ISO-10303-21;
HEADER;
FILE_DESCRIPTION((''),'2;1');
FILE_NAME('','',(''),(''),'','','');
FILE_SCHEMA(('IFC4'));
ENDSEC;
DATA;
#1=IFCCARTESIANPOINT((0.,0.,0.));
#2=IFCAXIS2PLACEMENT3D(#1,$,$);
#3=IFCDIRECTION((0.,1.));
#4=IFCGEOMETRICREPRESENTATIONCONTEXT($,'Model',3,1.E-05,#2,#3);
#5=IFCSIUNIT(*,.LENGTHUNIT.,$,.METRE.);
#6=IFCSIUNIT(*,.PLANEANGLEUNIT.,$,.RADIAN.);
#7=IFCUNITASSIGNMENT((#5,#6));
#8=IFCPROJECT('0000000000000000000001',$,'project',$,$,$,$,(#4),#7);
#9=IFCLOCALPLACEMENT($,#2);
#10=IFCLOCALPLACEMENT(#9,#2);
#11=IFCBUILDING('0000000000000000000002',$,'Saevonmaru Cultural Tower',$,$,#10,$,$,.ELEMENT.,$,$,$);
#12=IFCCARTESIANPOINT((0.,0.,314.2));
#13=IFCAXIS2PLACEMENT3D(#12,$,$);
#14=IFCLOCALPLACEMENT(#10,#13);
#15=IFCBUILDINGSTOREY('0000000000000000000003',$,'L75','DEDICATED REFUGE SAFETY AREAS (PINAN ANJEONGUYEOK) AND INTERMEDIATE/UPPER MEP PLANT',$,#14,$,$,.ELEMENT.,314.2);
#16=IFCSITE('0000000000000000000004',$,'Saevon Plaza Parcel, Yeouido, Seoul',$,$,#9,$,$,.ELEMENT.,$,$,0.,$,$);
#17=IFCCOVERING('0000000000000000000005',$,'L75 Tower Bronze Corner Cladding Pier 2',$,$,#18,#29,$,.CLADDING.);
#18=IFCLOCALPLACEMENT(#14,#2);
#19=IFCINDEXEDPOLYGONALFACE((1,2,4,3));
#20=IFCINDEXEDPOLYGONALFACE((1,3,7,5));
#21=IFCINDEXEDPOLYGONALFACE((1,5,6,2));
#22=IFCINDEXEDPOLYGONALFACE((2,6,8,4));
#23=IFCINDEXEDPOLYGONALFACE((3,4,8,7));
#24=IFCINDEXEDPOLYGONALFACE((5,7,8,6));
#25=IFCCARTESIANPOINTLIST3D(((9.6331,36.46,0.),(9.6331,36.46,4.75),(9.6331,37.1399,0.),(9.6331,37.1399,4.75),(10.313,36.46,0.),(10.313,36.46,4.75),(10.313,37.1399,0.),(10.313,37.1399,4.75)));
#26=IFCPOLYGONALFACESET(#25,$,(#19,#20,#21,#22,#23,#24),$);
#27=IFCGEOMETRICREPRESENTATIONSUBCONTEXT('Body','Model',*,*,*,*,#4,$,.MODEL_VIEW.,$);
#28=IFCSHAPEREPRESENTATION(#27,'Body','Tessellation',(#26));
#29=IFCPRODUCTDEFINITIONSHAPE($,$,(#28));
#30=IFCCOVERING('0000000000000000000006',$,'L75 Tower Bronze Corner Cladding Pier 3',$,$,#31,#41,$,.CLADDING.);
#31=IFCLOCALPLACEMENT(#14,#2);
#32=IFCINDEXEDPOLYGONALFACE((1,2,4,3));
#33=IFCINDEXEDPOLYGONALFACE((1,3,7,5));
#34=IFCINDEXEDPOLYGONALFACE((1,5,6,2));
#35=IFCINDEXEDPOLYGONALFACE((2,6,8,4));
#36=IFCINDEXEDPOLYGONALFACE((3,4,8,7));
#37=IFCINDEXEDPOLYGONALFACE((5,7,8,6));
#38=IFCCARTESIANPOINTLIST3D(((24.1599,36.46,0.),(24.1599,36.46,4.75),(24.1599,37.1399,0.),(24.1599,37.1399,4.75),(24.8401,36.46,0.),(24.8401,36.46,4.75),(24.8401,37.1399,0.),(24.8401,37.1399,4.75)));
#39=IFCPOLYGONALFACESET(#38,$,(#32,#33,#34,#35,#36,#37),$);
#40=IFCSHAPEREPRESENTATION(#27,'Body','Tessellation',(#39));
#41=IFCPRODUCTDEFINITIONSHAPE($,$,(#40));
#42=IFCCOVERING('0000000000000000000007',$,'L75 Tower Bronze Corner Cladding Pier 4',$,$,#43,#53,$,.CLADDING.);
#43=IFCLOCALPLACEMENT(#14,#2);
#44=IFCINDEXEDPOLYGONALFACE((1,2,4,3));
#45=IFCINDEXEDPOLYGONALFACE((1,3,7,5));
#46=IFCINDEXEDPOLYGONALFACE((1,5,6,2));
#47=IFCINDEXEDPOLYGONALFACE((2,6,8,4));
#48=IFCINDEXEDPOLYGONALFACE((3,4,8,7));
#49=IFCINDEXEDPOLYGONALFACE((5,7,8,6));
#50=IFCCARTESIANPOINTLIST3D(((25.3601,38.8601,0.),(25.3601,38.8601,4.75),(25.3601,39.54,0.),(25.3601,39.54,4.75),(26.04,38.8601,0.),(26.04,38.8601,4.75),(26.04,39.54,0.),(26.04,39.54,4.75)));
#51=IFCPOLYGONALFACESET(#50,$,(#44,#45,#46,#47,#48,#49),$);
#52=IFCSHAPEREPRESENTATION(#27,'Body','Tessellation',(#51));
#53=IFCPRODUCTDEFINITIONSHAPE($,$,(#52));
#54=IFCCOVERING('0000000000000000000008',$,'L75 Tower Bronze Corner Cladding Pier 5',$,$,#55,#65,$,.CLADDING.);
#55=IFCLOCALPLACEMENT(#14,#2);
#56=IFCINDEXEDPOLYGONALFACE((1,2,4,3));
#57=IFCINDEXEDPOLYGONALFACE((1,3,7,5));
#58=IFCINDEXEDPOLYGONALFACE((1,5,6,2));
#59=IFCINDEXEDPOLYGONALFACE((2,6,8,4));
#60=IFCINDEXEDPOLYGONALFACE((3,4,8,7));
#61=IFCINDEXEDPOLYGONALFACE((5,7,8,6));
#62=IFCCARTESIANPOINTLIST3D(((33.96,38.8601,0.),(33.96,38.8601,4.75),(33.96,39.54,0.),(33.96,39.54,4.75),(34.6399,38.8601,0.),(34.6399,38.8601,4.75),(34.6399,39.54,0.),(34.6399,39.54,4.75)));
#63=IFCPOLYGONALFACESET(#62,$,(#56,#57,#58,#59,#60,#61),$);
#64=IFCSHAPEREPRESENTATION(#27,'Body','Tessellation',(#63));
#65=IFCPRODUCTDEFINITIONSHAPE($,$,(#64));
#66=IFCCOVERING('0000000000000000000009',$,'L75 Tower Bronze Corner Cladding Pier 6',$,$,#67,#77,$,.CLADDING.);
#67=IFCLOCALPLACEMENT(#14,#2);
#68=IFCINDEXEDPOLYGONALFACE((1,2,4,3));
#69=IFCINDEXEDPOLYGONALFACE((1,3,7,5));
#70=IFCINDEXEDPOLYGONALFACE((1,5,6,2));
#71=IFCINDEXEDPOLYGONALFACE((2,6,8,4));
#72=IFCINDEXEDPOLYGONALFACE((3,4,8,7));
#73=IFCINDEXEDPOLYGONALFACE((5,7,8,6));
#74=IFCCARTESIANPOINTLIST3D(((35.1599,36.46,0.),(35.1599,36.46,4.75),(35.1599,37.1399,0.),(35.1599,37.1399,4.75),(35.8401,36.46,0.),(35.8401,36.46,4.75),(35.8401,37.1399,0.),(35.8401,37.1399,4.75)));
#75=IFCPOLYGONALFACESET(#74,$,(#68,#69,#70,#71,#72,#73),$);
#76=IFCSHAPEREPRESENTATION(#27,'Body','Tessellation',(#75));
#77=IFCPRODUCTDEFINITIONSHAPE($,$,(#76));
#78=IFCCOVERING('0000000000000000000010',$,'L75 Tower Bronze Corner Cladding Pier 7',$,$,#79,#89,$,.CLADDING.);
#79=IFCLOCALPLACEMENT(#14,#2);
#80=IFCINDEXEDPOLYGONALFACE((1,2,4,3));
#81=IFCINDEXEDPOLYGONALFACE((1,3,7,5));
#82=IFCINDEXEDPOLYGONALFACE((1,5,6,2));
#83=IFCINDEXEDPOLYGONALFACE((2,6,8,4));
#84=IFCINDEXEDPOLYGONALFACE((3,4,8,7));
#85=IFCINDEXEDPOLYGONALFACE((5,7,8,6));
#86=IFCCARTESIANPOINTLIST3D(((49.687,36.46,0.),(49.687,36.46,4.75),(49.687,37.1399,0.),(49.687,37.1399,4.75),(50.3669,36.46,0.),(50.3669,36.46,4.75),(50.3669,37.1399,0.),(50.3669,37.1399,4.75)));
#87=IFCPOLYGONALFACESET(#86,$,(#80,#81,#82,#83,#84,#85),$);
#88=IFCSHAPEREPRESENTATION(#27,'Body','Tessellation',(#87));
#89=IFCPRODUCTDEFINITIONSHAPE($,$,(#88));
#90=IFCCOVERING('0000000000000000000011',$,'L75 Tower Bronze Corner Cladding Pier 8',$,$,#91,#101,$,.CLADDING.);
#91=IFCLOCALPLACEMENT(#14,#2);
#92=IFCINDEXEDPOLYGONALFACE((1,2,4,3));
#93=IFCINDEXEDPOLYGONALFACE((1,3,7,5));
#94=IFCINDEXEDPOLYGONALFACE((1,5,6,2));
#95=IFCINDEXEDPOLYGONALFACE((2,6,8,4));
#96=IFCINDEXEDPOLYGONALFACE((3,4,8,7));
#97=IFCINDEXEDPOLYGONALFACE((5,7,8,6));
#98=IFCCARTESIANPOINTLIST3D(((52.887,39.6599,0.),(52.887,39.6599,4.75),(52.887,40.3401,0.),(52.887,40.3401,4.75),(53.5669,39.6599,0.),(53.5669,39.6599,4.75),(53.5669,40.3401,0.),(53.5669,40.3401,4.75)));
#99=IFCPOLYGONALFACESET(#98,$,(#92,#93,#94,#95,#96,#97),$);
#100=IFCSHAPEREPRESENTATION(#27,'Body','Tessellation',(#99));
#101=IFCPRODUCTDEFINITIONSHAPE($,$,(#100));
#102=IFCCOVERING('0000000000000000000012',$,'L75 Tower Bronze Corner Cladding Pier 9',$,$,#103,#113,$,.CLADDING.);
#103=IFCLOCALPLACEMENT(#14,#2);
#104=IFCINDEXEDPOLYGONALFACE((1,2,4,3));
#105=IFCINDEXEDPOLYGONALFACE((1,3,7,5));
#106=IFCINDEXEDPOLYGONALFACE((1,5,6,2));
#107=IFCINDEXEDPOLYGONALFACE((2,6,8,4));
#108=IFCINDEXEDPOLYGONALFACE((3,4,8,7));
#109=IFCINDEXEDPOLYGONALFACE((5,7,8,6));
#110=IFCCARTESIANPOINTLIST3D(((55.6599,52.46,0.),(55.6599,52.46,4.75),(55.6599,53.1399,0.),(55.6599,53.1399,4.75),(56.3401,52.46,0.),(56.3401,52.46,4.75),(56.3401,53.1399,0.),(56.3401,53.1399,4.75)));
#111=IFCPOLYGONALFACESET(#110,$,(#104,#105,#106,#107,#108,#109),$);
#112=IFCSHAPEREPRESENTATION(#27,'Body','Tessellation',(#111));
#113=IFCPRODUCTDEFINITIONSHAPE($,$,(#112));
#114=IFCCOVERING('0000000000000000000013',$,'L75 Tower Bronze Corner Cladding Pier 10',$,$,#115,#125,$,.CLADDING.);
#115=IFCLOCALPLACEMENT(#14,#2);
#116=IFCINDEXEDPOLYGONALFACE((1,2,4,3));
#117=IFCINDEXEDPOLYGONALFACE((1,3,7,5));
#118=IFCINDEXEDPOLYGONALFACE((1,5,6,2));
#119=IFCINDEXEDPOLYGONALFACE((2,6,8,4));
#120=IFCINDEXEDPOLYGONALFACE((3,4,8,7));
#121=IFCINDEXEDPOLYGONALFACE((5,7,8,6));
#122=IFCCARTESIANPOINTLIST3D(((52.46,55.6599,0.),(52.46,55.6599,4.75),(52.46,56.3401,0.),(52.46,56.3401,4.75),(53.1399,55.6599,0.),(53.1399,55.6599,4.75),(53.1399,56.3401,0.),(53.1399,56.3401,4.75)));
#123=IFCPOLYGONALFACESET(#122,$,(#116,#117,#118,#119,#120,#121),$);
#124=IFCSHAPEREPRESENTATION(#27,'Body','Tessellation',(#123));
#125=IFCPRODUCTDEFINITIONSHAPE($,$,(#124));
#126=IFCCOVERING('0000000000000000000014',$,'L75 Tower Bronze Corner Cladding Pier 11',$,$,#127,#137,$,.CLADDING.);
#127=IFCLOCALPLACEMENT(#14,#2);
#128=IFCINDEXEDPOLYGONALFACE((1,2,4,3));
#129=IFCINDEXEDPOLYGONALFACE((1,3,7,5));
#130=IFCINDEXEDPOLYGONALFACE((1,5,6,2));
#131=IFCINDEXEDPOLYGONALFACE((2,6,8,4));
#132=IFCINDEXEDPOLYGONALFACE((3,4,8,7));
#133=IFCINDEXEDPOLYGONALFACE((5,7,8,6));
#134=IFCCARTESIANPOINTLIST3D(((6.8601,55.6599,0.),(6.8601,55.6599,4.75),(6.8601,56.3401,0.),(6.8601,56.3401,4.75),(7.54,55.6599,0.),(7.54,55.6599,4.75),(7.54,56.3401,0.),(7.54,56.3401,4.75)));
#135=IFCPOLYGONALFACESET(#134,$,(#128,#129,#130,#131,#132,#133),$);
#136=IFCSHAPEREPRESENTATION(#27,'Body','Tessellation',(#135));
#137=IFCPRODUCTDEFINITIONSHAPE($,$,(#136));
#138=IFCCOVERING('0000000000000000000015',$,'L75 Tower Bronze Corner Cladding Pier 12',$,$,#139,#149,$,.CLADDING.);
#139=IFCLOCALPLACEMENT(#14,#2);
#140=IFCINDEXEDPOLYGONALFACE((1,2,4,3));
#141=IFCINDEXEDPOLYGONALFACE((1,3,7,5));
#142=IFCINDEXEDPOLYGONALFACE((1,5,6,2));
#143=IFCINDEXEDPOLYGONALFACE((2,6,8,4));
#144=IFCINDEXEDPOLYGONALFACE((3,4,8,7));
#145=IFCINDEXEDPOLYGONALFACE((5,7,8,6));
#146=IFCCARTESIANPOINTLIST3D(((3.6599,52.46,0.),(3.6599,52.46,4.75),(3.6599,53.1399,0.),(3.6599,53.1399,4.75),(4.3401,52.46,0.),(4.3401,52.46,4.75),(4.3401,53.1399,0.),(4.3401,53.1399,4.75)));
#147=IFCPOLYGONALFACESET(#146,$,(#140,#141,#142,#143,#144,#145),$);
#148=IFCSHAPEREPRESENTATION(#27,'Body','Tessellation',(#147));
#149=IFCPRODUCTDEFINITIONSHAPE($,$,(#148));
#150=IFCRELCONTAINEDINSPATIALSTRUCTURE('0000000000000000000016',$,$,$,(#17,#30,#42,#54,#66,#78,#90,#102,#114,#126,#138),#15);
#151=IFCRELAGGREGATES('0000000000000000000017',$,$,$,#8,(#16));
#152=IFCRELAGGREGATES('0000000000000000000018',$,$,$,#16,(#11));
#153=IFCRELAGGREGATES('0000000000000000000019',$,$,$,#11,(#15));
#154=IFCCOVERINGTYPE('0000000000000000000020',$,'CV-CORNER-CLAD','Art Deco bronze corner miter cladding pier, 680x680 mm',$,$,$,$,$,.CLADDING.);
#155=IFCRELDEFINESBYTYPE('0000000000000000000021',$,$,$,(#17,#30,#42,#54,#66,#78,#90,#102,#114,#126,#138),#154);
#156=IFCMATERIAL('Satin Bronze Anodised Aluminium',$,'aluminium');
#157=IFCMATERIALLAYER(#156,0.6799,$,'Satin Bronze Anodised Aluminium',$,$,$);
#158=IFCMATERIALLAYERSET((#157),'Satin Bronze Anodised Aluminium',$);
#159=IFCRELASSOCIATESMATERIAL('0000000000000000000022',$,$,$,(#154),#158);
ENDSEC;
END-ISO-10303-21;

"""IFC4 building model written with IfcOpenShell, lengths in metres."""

from ifc_helpers import new_model, si_unit, direction, frame, origin, place, context, subcontext, project, spatial, polyline, outline, extrude, material, layer, layer_set, type_object, element, save


model = new_model("IFC4")

# Units and contexts
model_context = context("Model", 3, precision=1e-05, world=origin(), true_north=direction((0.0, 1.0)))
body_context = subcontext(model_context, "Body", "Model", "MODEL_VIEW")
ifc_project = project(units=[si_unit("LENGTHUNIT", "METRE"), si_unit("PLANEANGLEUNIT", "RADIAN")], contexts=[model_context])

# Site, building, storey
site_placement = place(None, origin())
site = spatial("IfcSite", under=ifc_project, at=site_placement, Name="Saevon Plaza Parcel, Yeouido, Seoul", CompositionType="ELEMENT", RefElevation=0.0)
building_placement = place(site_placement, origin())
building = spatial("IfcBuilding", under=site, at=building_placement, Name="Saevonmaru Cultural Tower", CompositionType="ELEMENT")
storey_placement = place(building_placement, frame((0.0, 0.0, 314.2)))
storey = spatial("IfcBuildingStorey", under=building, at=storey_placement, Name="L75", Description="DEDICATED REFUGE SAFETY AREAS (PINAN ANJEONGUYEOK) AND INTERMEDIATE/UPPER MEP PLANT", CompositionType="ELEMENT", Elevation=314.2)

# Shared definitions
ifc_material_1 = material(Name="Satin Bronze Anodised Aluminium", Category="aluminium")

# Coverings
ifc_layer_1 = layer(ifc_material_1, 0.6799, Name="Satin Bronze Anodised Aluminium")
ifc_layer_set_1 = layer_set([ifc_layer_1], Name="Satin Bronze Anodised Aluminium")
covering_type = type_object("IfcCoveringType", Name="CV-CORNER-CLAD", Description="Art Deco bronze corner miter cladding pier, 680x680 mm", PredefinedType="CLADDING", material=ifc_layer_set_1)
covering_1_placement = place(storey_placement, origin())
element("IfcCovering", 1, at=covering_1_placement, inside=storey, type_object=covering_type, Name="L75 Tower Bronze Corner Cladding Pier 2", PredefinedType="CLADDING", context=body_context, shape_type="SweptSolid", body=[
    extrude(outline(polyline([(9.6331, 36.46), (10.313, 36.46), (10.313, 37.1399), (9.6331, 37.1399), (9.6331, 36.46)])), origin(), (0.0, 0.0, 1.0), 4.75),
])
covering_2_placement = place(storey_placement, origin())
element("IfcCovering", 2, at=covering_2_placement, inside=storey, type_object=covering_type, Name="L75 Tower Bronze Corner Cladding Pier 3", PredefinedType="CLADDING", context=body_context, shape_type="SweptSolid", body=[
    extrude(outline(polyline([(24.1599, 36.46), (24.8401, 36.46), (24.8401, 37.1399), (24.1599, 37.1399), (24.1599, 36.46)])), origin(), (0.0, 0.0, 1.0), 4.75),
])
covering_3_placement = place(storey_placement, origin())
element("IfcCovering", 3, at=covering_3_placement, inside=storey, type_object=covering_type, Name="L75 Tower Bronze Corner Cladding Pier 4", PredefinedType="CLADDING", context=body_context, shape_type="SweptSolid", body=[
    extrude(outline(polyline([(25.3601, 38.8601), (26.04, 38.8601), (26.04, 39.54), (25.3601, 39.54), (25.3601, 38.8601)])), origin(), (0.0, 0.0, 1.0), 4.75),
])
covering_4_placement = place(storey_placement, origin())
element("IfcCovering", 4, at=covering_4_placement, inside=storey, type_object=covering_type, Name="L75 Tower Bronze Corner Cladding Pier 5", PredefinedType="CLADDING", context=body_context, shape_type="SweptSolid", body=[
    extrude(outline(polyline([(33.96, 38.8601), (34.6399, 38.8601), (34.6399, 39.54), (33.96, 39.54), (33.96, 38.8601)])), origin(), (0.0, 0.0, 1.0), 4.75),
])
covering_5_placement = place(storey_placement, origin())
element("IfcCovering", 5, at=covering_5_placement, inside=storey, type_object=covering_type, Name="L75 Tower Bronze Corner Cladding Pier 6", PredefinedType="CLADDING", context=body_context, shape_type="SweptSolid", body=[
    extrude(outline(polyline([(35.1599, 36.46), (35.8401, 36.46), (35.8401, 37.1399), (35.1599, 37.1399), (35.1599, 36.46)])), origin(), (0.0, 0.0, 1.0), 4.75),
])
covering_6_placement = place(storey_placement, origin())
element("IfcCovering", 6, at=covering_6_placement, inside=storey, type_object=covering_type, Name="L75 Tower Bronze Corner Cladding Pier 7", PredefinedType="CLADDING", context=body_context, shape_type="SweptSolid", body=[
    extrude(outline(polyline([(49.687, 36.46), (50.3669, 36.46), (50.3669, 37.1399), (49.687, 37.1399), (49.687, 36.46)])), origin(), (0.0, 0.0, 1.0), 4.75),
])
covering_7_placement = place(storey_placement, origin())
element("IfcCovering", 7, at=covering_7_placement, inside=storey, type_object=covering_type, Name="L75 Tower Bronze Corner Cladding Pier 8", PredefinedType="CLADDING", context=body_context, shape_type="SweptSolid", body=[
    extrude(outline(polyline([(52.887, 39.6599), (53.5669, 39.6599), (53.5669, 40.3401), (52.887, 40.3401), (52.887, 39.6599)])), origin(), (0.0, 0.0, 1.0), 4.75),
])
covering_8_placement = place(storey_placement, origin())
element("IfcCovering", 8, at=covering_8_placement, inside=storey, type_object=covering_type, Name="L75 Tower Bronze Corner Cladding Pier 9", PredefinedType="CLADDING", context=body_context, shape_type="SweptSolid", body=[
    extrude(outline(polyline([(55.6599, 52.46), (56.3401, 52.46), (56.3401, 53.1399), (55.6599, 53.1399), (55.6599, 52.46)])), origin(), (0.0, 0.0, 1.0), 4.75),
])
covering_9_placement = place(storey_placement, origin())
element("IfcCovering", 9, at=covering_9_placement, inside=storey, type_object=covering_type, Name="L75 Tower Bronze Corner Cladding Pier 10", PredefinedType="CLADDING", context=body_context, shape_type="SweptSolid", body=[
    extrude(outline(polyline([(52.46, 55.6599), (53.1399, 55.6599), (53.1399, 56.3401), (52.46, 56.3401), (52.46, 55.6599)])), origin(), (0.0, 0.0, 1.0), 4.75),
])
covering_10_placement = place(storey_placement, origin())
element("IfcCovering", 10, at=covering_10_placement, inside=storey, type_object=covering_type, Name="L75 Tower Bronze Corner Cladding Pier 11", PredefinedType="CLADDING", context=body_context, shape_type="SweptSolid", body=[
    extrude(outline(polyline([(6.8601, 55.6599), (7.54, 55.6599), (7.54, 56.3401), (6.8601, 56.3401), (6.8601, 55.6599)])), origin(), (0.0, 0.0, 1.0), 4.75),
])
covering_11_placement = place(storey_placement, origin())
element("IfcCovering", 11, at=covering_11_placement, inside=storey, type_object=covering_type, Name="L75 Tower Bronze Corner Cladding Pier 12", PredefinedType="CLADDING", context=body_context, shape_type="SweptSolid", body=[
    extrude(outline(polyline([(3.6599, 52.46), (4.3401, 52.46), (4.3401, 53.1399), (3.6599, 53.1399), (3.6599, 52.46)])), origin(), (0.0, 0.0, 1.0), 4.75),
])

save(model, "model.ifc")
